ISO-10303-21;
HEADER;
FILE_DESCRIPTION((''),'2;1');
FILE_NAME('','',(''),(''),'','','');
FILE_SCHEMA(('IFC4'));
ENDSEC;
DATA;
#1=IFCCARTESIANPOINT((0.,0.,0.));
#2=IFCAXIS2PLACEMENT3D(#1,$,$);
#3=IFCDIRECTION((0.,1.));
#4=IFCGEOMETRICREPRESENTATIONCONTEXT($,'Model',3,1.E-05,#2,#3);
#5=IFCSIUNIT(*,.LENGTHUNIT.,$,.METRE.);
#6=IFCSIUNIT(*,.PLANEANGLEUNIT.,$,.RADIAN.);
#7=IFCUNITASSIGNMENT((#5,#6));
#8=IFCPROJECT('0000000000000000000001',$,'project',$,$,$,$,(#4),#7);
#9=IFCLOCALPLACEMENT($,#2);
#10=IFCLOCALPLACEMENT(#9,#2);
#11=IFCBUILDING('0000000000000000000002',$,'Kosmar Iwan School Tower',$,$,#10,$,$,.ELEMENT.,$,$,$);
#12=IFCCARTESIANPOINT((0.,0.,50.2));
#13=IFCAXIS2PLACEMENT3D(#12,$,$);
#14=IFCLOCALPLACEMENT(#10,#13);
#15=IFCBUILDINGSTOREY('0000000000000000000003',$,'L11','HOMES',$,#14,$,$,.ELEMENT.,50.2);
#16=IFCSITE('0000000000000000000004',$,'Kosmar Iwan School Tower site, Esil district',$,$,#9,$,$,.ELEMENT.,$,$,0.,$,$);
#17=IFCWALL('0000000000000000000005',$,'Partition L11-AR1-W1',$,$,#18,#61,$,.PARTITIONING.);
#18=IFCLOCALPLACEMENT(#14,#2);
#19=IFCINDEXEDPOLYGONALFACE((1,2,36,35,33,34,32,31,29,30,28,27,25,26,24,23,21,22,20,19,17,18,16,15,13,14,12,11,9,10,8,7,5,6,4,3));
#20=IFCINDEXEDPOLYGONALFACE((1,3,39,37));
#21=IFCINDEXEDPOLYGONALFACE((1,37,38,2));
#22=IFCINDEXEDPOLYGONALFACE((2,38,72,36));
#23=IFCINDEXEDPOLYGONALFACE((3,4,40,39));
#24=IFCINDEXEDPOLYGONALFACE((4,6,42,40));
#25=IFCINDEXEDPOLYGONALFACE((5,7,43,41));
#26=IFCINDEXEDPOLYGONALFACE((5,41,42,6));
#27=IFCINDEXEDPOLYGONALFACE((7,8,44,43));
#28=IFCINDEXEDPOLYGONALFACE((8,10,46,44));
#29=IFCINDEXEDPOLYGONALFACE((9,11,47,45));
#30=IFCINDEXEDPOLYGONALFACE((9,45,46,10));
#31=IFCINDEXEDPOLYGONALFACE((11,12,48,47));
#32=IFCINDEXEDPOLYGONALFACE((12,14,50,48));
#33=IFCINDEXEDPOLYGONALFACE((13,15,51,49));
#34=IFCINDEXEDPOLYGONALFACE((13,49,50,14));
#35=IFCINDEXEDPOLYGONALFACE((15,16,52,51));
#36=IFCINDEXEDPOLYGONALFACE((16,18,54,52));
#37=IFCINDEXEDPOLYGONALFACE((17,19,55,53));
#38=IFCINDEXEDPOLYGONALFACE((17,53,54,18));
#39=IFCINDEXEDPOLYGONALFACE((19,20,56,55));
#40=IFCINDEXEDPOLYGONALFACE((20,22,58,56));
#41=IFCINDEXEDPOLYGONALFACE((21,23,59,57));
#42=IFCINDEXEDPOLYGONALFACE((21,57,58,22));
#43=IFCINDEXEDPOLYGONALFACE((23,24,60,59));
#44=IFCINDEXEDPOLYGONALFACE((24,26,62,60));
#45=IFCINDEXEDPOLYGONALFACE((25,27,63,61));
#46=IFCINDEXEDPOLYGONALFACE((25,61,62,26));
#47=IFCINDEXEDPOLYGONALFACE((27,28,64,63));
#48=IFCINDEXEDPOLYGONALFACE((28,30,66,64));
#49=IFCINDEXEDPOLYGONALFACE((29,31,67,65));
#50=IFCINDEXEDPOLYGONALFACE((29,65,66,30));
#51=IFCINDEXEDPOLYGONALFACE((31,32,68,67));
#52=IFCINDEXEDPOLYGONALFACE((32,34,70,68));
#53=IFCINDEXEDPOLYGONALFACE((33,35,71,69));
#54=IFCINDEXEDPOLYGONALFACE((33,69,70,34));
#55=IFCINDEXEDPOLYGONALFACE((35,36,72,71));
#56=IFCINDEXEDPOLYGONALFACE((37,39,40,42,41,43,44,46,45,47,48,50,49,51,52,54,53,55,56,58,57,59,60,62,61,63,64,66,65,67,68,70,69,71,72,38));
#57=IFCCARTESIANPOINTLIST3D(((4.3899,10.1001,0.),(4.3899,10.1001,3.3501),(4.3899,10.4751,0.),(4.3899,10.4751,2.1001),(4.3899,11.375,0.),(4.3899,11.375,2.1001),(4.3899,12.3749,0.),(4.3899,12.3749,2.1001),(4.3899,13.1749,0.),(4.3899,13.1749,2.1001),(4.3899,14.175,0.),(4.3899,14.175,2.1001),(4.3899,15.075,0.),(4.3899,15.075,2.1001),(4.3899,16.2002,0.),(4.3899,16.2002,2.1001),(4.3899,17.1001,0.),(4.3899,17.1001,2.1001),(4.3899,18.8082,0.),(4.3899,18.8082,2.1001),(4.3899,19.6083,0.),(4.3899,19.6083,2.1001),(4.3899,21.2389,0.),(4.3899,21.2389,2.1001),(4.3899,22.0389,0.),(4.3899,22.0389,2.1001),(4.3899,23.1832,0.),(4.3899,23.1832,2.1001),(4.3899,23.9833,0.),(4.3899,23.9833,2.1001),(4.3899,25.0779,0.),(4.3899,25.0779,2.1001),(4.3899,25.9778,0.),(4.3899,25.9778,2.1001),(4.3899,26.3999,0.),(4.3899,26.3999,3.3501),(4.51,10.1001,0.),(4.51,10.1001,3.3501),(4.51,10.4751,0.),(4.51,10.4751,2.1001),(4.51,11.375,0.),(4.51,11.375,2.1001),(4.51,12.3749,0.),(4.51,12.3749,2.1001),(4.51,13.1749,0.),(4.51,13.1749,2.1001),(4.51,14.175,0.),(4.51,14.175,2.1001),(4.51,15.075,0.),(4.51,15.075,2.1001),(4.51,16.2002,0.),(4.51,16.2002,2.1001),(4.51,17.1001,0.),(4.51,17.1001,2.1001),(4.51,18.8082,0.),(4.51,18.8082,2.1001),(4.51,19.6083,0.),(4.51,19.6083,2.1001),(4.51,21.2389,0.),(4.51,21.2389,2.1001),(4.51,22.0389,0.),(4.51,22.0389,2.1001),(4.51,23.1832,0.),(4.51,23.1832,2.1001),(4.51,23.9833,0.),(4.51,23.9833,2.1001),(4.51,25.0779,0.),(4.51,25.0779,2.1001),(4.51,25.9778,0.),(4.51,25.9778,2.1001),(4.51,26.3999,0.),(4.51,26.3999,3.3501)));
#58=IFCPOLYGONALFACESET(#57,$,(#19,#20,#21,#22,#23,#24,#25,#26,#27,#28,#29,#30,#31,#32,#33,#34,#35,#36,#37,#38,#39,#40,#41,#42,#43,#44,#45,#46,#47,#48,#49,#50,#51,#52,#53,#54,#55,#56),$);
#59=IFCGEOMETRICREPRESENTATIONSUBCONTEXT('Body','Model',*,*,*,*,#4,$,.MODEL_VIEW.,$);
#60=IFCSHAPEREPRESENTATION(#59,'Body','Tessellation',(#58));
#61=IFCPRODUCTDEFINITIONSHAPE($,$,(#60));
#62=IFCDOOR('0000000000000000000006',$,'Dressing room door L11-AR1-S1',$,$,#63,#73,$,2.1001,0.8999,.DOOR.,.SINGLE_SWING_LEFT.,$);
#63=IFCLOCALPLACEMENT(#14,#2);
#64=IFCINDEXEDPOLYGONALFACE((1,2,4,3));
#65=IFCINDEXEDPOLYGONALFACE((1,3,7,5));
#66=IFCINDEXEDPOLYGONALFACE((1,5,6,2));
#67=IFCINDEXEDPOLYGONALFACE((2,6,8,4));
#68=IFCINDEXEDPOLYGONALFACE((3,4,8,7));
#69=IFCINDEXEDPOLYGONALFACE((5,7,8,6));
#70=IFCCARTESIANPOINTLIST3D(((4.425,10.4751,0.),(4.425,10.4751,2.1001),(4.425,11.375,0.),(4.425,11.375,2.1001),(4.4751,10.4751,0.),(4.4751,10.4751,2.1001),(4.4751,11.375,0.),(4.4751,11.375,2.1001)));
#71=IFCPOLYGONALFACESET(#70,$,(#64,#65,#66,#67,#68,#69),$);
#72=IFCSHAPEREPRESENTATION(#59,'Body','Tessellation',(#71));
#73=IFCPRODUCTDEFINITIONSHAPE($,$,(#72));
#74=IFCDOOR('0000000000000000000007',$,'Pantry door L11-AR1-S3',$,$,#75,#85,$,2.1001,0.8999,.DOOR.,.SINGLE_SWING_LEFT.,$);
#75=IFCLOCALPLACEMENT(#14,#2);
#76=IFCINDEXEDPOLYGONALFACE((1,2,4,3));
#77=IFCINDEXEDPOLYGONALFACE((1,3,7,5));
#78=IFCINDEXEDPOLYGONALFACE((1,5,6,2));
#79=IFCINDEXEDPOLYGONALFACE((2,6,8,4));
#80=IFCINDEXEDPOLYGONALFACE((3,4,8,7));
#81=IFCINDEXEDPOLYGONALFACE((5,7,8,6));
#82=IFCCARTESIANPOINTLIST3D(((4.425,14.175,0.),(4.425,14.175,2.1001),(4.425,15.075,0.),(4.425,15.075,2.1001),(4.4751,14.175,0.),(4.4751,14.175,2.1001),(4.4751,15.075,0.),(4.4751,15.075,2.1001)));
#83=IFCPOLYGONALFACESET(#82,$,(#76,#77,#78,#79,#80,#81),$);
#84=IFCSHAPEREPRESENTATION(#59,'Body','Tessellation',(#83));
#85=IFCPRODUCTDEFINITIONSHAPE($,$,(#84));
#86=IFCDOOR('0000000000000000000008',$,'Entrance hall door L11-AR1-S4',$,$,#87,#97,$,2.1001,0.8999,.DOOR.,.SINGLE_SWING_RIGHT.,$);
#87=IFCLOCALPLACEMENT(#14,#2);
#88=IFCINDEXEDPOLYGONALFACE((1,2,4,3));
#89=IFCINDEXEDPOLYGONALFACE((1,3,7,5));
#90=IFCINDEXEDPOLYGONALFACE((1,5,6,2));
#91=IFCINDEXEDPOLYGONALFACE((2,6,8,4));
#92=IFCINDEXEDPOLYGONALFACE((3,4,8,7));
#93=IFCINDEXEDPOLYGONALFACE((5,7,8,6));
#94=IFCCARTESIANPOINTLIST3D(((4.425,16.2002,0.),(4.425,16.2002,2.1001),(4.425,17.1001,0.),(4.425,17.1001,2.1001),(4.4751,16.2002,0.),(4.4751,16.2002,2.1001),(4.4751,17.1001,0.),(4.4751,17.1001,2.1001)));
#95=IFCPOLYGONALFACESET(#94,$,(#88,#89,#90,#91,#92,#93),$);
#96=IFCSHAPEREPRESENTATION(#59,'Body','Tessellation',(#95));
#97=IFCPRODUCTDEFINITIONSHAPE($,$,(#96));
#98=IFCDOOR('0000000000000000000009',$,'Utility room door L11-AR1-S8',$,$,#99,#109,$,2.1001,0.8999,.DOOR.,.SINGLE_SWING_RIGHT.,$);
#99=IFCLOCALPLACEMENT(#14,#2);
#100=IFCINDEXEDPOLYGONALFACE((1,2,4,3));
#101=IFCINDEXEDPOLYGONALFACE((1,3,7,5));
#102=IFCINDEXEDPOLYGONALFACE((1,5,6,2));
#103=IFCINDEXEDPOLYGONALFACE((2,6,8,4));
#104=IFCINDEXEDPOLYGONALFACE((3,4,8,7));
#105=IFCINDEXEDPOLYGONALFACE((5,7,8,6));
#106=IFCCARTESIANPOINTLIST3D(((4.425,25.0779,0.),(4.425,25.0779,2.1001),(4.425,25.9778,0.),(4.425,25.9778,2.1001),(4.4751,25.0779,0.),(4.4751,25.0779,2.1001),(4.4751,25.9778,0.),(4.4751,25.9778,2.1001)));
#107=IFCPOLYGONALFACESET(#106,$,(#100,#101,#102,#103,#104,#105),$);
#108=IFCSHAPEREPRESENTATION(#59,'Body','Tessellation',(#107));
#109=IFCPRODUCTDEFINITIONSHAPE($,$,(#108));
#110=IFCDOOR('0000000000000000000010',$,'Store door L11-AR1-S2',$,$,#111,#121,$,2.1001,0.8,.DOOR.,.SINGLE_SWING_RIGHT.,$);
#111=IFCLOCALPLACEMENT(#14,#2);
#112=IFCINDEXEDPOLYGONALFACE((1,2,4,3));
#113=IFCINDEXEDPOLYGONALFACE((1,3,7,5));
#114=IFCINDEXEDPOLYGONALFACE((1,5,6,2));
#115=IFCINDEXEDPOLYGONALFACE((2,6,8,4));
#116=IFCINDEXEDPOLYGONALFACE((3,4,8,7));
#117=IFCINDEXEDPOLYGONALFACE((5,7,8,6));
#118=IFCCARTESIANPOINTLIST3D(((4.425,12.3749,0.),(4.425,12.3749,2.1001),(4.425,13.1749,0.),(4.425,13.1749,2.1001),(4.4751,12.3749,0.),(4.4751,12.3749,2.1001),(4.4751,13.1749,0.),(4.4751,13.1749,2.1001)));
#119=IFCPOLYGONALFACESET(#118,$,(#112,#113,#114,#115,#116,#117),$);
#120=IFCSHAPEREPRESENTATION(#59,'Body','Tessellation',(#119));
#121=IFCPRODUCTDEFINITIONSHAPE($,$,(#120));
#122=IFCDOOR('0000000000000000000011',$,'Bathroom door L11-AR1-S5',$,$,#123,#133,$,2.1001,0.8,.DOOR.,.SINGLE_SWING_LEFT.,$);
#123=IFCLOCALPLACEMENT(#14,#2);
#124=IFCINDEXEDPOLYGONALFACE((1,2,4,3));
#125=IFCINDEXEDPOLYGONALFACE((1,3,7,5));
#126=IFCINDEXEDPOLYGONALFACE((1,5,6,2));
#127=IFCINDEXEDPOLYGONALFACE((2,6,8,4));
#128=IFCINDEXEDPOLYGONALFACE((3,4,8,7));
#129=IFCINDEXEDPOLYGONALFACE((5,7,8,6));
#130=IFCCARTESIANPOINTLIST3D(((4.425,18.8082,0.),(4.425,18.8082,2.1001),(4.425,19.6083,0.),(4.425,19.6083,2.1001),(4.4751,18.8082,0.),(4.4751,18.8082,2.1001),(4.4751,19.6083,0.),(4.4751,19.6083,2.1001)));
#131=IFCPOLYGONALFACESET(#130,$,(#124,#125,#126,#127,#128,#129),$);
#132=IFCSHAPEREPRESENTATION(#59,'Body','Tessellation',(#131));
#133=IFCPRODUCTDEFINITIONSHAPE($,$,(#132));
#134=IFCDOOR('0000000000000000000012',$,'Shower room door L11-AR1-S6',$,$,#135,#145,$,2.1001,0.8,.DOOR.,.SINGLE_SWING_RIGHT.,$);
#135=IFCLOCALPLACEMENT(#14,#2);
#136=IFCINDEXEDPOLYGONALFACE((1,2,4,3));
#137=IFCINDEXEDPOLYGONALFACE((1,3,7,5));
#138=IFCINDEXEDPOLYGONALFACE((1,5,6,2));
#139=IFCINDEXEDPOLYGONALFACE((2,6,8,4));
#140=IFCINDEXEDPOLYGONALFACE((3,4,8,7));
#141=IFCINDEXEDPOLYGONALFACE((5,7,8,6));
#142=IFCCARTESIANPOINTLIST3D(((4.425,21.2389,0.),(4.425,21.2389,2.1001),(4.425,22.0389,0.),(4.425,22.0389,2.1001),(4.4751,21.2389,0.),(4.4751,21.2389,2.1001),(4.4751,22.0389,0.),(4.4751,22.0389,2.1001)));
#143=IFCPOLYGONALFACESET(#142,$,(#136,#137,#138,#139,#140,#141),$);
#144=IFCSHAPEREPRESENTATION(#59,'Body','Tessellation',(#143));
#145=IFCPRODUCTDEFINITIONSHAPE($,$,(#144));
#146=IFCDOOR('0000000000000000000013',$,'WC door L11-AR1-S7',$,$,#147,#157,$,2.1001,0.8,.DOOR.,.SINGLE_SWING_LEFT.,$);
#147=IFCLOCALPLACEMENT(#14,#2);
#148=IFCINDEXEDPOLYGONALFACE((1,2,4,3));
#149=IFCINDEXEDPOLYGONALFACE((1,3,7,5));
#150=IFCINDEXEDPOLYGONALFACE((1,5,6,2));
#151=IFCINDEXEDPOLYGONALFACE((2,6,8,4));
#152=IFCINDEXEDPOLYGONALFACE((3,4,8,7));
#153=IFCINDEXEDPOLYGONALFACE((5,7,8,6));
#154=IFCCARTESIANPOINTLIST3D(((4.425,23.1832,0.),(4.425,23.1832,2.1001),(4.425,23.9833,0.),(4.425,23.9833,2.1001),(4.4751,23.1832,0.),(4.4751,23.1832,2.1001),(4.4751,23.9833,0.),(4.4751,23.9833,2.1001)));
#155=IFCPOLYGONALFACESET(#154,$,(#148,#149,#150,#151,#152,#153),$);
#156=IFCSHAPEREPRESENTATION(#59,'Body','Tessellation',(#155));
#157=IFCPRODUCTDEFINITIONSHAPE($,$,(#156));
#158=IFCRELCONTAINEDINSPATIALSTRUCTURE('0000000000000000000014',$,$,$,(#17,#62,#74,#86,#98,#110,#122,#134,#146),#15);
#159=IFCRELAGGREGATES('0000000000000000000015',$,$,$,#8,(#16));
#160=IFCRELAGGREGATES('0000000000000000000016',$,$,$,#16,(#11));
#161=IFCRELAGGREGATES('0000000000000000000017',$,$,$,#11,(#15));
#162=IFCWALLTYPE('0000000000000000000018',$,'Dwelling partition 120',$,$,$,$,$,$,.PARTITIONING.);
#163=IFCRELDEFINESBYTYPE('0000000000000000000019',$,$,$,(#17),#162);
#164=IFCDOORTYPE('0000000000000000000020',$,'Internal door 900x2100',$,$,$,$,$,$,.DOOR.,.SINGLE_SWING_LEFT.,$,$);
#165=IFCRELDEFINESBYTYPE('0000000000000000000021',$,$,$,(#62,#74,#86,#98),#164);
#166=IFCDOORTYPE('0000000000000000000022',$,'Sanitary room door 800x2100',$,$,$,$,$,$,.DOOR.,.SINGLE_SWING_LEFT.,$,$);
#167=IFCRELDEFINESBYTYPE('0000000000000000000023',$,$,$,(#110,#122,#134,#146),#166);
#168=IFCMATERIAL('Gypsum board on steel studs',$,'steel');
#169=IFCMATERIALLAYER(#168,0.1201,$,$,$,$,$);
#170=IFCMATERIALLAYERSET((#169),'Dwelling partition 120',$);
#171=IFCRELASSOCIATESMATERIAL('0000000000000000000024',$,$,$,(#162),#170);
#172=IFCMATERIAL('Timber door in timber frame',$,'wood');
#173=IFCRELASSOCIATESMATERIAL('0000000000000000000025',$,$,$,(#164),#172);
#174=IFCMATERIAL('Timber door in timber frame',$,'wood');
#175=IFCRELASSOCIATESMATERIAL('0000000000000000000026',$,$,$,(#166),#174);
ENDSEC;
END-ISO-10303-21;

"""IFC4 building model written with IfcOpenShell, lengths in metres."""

from ifc_helpers import new_model, si_unit, direction, frame, frame_2d, origin, place, context, subcontext, project, spatial, rectangle, extrude, material, layer, layer_set, type_object, element, fill, save


model = new_model("IFC4")

# Units and contexts
model_context = context("Model", 3, precision=1e-05, world=origin(), true_north=direction((0.0, 1.0)))
body_context = subcontext(model_context, "Body", "Model", "MODEL_VIEW")
ifc_project = project(units=[si_unit("LENGTHUNIT", "METRE"), si_unit("PLANEANGLEUNIT", "RADIAN")], contexts=[model_context])

# Site, building, storey
site_placement = place(None, origin())
site = spatial("IfcSite", under=ifc_project, at=site_placement, Name="Kosmar Iwan School Tower site, Esil district", CompositionType="ELEMENT", RefElevation=0.0)
building_placement = place(site_placement, origin())
building = spatial("IfcBuilding", under=site, at=building_placement, Name="Kosmar Iwan School Tower", CompositionType="ELEMENT")
storey_placement = place(building_placement, frame((0.0, 0.0, 50.2)))
storey = spatial("IfcBuildingStorey", under=building, at=storey_placement, Name="L11", Description="HOMES", CompositionType="ELEMENT", Elevation=50.2)

# Wall, openings, doors
ifc_material_1 = material(Name="Gypsum board on steel studs", Category="steel")
ifc_layer_1 = layer(ifc_material_1, 0.1201)
ifc_layer_set_1 = layer_set([ifc_layer_1], Name="Dwelling partition 120")
wall_type_1 = type_object("IfcWallType", Name="Dwelling partition 120", PredefinedType="PARTITIONING", material=ifc_layer_set_1)
wall_1_placement = place(storey_placement, frame((4.45, 10.1001, 0.0), z_axis=(0.0, 0.0, 1.0), x_axis=(0.0, 1.0, 0.0)))
wall_1 = element("IfcWall", 1, at=wall_1_placement, inside=storey, type_object=wall_type_1, Name="Partition L11-AR1-W1", PredefinedType="PARTITIONING", context=body_context, shape_type="SweptSolid", body=[
    extrude(rectangle(XDim=16.2998, YDim=0.1201, at=frame_2d((8.1499, 0.0))), origin(), (0.0, 0.0, 1.0), 3.3501),
])
opening_1_placement = place(wall_1_placement, frame((0.375, 0.0, 0.0)))
opening_1 = element("IfcOpeningElement", 2, at=opening_1_placement, cuts=wall_1, PredefinedType="OPENING", context=body_context, shape_type="SweptSolid", body=[
    extrude(rectangle(XDim=0.8999, YDim=2.1001, at=frame_2d((0.45, 1.05))), frame((0.0, 0.072, 0.0), z_axis=(0.0, -1.0, 0.0), x_axis=(1.0, 0.0, 0.0)), (0.0, 0.0, 1.0), 0.144),
])
opening_2_placement = place(wall_1_placement, frame((2.2749, 0.0, 0.0)))
opening_2 = element("IfcOpeningElement", 3, at=opening_2_placement, cuts=wall_1, PredefinedType="OPENING", context=body_context, shape_type="SweptSolid", body=[
    extrude(rectangle(XDim=0.8, YDim=2.1001, at=frame_2d((0.3999, 1.05))), frame((0.0, 0.072, 0.0), z_axis=(0.0, -1.0, 0.0), x_axis=(1.0, 0.0, 0.0)), (0.0, 0.0, 1.0), 0.144),
])
opening_3_placement = place(wall_1_placement, frame((4.075, 0.0, 0.0)))
opening_3 = element("IfcOpeningElement", 4, at=opening_3_placement, cuts=wall_1, PredefinedType="OPENING", context=body_context, shape_type="SweptSolid", body=[
    extrude(rectangle(XDim=0.8999, YDim=2.1001, at=frame_2d((0.45, 1.05))), frame((0.0, 0.072, 0.0), z_axis=(0.0, -1.0, 0.0), x_axis=(1.0, 0.0, 0.0)), (0.0, 0.0, 1.0), 0.144),
])
opening_4_placement = place(wall_1_placement, frame((6.1001, 0.0, 0.0)))
opening_4 = element("IfcOpeningElement", 5, at=opening_4_placement, cuts=wall_1, PredefinedType="OPENING", context=body_context, shape_type="SweptSolid", body=[
    extrude(rectangle(XDim=0.8999, YDim=2.1001, at=frame_2d((0.45, 1.05))), frame((0.0, 0.072, 0.0), z_axis=(0.0, -1.0, 0.0), x_axis=(1.0, 0.0, 0.0)), (0.0, 0.0, 1.0), 0.144),
])
opening_5_placement = place(wall_1_placement, frame((8.7083, 0.0, 0.0)))
opening_5 = element("IfcOpeningElement", 6, at=opening_5_placement, cuts=wall_1, PredefinedType="OPENING", context=body_context, shape_type="SweptSolid", body=[
    extrude(rectangle(XDim=0.8, YDim=2.1001, at=frame_2d((0.3999, 1.05))), frame((0.0, 0.072, 0.0), z_axis=(0.0, -1.0, 0.0), x_axis=(1.0, 0.0, 0.0)), (0.0, 0.0, 1.0), 0.144),
])
opening_6_placement = place(wall_1_placement, frame((11.1389, 0.0, 0.0)))
opening_6 = element("IfcOpeningElement", 7, at=opening_6_placement, cuts=wall_1, PredefinedType="OPENING", context=body_context, shape_type="SweptSolid", body=[
    extrude(rectangle(XDim=0.8, YDim=2.1001, at=frame_2d((0.3999, 1.05))), frame((0.0, 0.072, 0.0), z_axis=(0.0, -1.0, 0.0), x_axis=(1.0, 0.0, 0.0)), (0.0, 0.0, 1.0), 0.144),
])
opening_7_placement = place(wall_1_placement, frame((13.0833, 0.0, 0.0)))
opening_7 = element("IfcOpeningElement", 8, at=opening_7_placement, cuts=wall_1, PredefinedType="OPENING", context=body_context, shape_type="SweptSolid", body=[
    extrude(rectangle(XDim=0.8, YDim=2.1001, at=frame_2d((0.3999, 1.05))), frame((0.0, 0.072, 0.0), z_axis=(0.0, -1.0, 0.0), x_axis=(1.0, 0.0, 0.0)), (0.0, 0.0, 1.0), 0.144),
])
opening_8_placement = place(wall_1_placement, frame((14.9778, 0.0, 0.0)))
opening_8 = element("IfcOpeningElement", 9, at=opening_8_placement, cuts=wall_1, PredefinedType="OPENING", context=body_context, shape_type="SweptSolid", body=[
    extrude(rectangle(XDim=0.8999, YDim=2.1001, at=frame_2d((0.45, 1.05))), frame((0.0, 0.072, 0.0), z_axis=(0.0, -1.0, 0.0), x_axis=(1.0, 0.0, 0.0)), (0.0, 0.0, 1.0), 0.144),
])
ifc_material_2 = material(Name="Timber door in timber frame", Category="wood")
door_type_1 = type_object("IfcDoorType", Name="Internal door 900x2100", OperationType="SINGLE_SWING_LEFT", PredefinedType="DOOR", material=ifc_material_2)
door_1_placement = place(opening_1_placement, origin())
door_1 = element("IfcDoor", 10, at=door_1_placement, inside=storey, type_object=door_type_1, Name="Dressing room door L11-AR1-S1", OperationType="SINGLE_SWING_LEFT", OverallHeight=2.1001, OverallWidth=0.8999, PredefinedType="DOOR", context=body_context, shape_type="SweptSolid", body=[
    extrude(rectangle(XDim=0.8999, YDim=2.1001, at=frame_2d((0.45, 1.05))), frame((0.0, 0.0249, 0.0), z_axis=(0.0, -1.0, 0.0), x_axis=(1.0, 0.0, 0.0)), (0.0, 0.0, 1.0), 0.05),
])
fill(opening_1, door_1)
door_2_placement = place(opening_3_placement, origin())
door_2 = element("IfcDoor", 11, at=door_2_placement, inside=storey, type_object=door_type_1, Name="Pantry door L11-AR1-S3", OperationType="SINGLE_SWING_LEFT", OverallHeight=2.1001, OverallWidth=0.8999, PredefinedType="DOOR", context=body_context, shape_type="SweptSolid", body=[
    extrude(rectangle(XDim=0.8999, YDim=2.1001, at=frame_2d((0.45, 1.05))), frame((0.0, 0.0249, 0.0), z_axis=(0.0, -1.0, 0.0), x_axis=(1.0, 0.0, 0.0)), (0.0, 0.0, 1.0), 0.05),
])
fill(opening_3, door_2)
door_3_placement = place(opening_4_placement, origin())
door_3 = element("IfcDoor", 12, at=door_3_placement, inside=storey, type_object=door_type_1, Name="Entrance hall door L11-AR1-S4", OperationType="SINGLE_SWING_RIGHT", OverallHeight=2.1001, OverallWidth=0.8999, PredefinedType="DOOR", context=body_context, shape_type="SweptSolid", body=[
    extrude(rectangle(XDim=0.8999, YDim=2.1001, at=frame_2d((0.45, 1.05))), frame((0.0, 0.0249, 0.0), z_axis=(0.0, -1.0, 0.0), x_axis=(1.0, 0.0, 0.0)), (0.0, 0.0, 1.0), 0.05),
])
fill(opening_4, door_3)
door_4_placement = place(opening_8_placement, origin())
door_4 = element("IfcDoor", 13, at=door_4_placement, inside=storey, type_object=door_type_1, Name="Utility room door L11-AR1-S8", OperationType="SINGLE_SWING_RIGHT", OverallHeight=2.1001, OverallWidth=0.8999, PredefinedType="DOOR", context=body_context, shape_type="SweptSolid", body=[
    extrude(rectangle(XDim=0.8999, YDim=2.1001, at=frame_2d((0.45, 1.05))), frame((0.0, 0.0249, 0.0), z_axis=(0.0, -1.0, 0.0), x_axis=(1.0, 0.0, 0.0)), (0.0, 0.0, 1.0), 0.05),
])
fill(opening_8, door_4)
ifc_material_3 = material(Name="Timber door in timber frame", Category="wood")
door_type_2 = type_object("IfcDoorType", Name="Sanitary room door 800x2100", OperationType="SINGLE_SWING_LEFT", PredefinedType="DOOR", material=ifc_material_3)
door_5_placement = place(opening_2_placement, origin())
door_5 = element("IfcDoor", 14, at=door_5_placement, inside=storey, type_object=door_type_2, Name="Store door L11-AR1-S2", OperationType="SINGLE_SWING_RIGHT", OverallHeight=2.1001, OverallWidth=0.8, PredefinedType="DOOR", context=body_context, shape_type="SweptSolid", body=[
    extrude(rectangle(XDim=0.8, YDim=2.1001, at=frame_2d((0.3999, 1.05))), frame((0.0, 0.0249, 0.0), z_axis=(0.0, -1.0, 0.0), x_axis=(1.0, 0.0, 0.0)), (0.0, 0.0, 1.0), 0.05),
])
fill(opening_2, door_5)
door_6_placement = place(opening_5_placement, origin())
door_6 = element("IfcDoor", 15, at=door_6_placement, inside=storey, type_object=door_type_2, Name="Bathroom door L11-AR1-S5", OperationType="SINGLE_SWING_LEFT", OverallHeight=2.1001, OverallWidth=0.8, PredefinedType="DOOR", context=body_context, shape_type="SweptSolid", body=[
    extrude(rectangle(XDim=0.8, YDim=2.1001, at=frame_2d((0.3999, 1.05))), frame((0.0, 0.0249, 0.0), z_axis=(0.0, -1.0, 0.0), x_axis=(1.0, 0.0, 0.0)), (0.0, 0.0, 1.0), 0.05),
])
fill(opening_5, door_6)
door_7_placement = place(opening_6_placement, origin())
door_7 = element("IfcDoor", 16, at=door_7_placement, inside=storey, type_object=door_type_2, Name="Shower room door L11-AR1-S6", OperationType="SINGLE_SWING_RIGHT", OverallHeight=2.1001, OverallWidth=0.8, PredefinedType="DOOR", context=body_context, shape_type="SweptSolid", body=[
    extrude(rectangle(XDim=0.8, YDim=2.1001, at=frame_2d((0.3999, 1.05))), frame((0.0, 0.0249, 0.0), z_axis=(0.0, -1.0, 0.0), x_axis=(1.0, 0.0, 0.0)), (0.0, 0.0, 1.0), 0.05),
])
fill(opening_6, door_7)
door_8_placement = place(opening_7_placement, origin())
door_8 = element("IfcDoor", 17, at=door_8_placement, inside=storey, type_object=door_type_2, Name="WC door L11-AR1-S7", OperationType="SINGLE_SWING_LEFT", OverallHeight=2.1001, OverallWidth=0.8, PredefinedType="DOOR", context=body_context, shape_type="SweptSolid", body=[
    extrude(rectangle(XDim=0.8, YDim=2.1001, at=frame_2d((0.3999, 1.05))), frame((0.0, 0.0249, 0.0), z_axis=(0.0, -1.0, 0.0), x_axis=(1.0, 0.0, 0.0)), (0.0, 0.0, 1.0), 0.05),
])
fill(opening_7, door_8)

save(model, "model.ifc")
